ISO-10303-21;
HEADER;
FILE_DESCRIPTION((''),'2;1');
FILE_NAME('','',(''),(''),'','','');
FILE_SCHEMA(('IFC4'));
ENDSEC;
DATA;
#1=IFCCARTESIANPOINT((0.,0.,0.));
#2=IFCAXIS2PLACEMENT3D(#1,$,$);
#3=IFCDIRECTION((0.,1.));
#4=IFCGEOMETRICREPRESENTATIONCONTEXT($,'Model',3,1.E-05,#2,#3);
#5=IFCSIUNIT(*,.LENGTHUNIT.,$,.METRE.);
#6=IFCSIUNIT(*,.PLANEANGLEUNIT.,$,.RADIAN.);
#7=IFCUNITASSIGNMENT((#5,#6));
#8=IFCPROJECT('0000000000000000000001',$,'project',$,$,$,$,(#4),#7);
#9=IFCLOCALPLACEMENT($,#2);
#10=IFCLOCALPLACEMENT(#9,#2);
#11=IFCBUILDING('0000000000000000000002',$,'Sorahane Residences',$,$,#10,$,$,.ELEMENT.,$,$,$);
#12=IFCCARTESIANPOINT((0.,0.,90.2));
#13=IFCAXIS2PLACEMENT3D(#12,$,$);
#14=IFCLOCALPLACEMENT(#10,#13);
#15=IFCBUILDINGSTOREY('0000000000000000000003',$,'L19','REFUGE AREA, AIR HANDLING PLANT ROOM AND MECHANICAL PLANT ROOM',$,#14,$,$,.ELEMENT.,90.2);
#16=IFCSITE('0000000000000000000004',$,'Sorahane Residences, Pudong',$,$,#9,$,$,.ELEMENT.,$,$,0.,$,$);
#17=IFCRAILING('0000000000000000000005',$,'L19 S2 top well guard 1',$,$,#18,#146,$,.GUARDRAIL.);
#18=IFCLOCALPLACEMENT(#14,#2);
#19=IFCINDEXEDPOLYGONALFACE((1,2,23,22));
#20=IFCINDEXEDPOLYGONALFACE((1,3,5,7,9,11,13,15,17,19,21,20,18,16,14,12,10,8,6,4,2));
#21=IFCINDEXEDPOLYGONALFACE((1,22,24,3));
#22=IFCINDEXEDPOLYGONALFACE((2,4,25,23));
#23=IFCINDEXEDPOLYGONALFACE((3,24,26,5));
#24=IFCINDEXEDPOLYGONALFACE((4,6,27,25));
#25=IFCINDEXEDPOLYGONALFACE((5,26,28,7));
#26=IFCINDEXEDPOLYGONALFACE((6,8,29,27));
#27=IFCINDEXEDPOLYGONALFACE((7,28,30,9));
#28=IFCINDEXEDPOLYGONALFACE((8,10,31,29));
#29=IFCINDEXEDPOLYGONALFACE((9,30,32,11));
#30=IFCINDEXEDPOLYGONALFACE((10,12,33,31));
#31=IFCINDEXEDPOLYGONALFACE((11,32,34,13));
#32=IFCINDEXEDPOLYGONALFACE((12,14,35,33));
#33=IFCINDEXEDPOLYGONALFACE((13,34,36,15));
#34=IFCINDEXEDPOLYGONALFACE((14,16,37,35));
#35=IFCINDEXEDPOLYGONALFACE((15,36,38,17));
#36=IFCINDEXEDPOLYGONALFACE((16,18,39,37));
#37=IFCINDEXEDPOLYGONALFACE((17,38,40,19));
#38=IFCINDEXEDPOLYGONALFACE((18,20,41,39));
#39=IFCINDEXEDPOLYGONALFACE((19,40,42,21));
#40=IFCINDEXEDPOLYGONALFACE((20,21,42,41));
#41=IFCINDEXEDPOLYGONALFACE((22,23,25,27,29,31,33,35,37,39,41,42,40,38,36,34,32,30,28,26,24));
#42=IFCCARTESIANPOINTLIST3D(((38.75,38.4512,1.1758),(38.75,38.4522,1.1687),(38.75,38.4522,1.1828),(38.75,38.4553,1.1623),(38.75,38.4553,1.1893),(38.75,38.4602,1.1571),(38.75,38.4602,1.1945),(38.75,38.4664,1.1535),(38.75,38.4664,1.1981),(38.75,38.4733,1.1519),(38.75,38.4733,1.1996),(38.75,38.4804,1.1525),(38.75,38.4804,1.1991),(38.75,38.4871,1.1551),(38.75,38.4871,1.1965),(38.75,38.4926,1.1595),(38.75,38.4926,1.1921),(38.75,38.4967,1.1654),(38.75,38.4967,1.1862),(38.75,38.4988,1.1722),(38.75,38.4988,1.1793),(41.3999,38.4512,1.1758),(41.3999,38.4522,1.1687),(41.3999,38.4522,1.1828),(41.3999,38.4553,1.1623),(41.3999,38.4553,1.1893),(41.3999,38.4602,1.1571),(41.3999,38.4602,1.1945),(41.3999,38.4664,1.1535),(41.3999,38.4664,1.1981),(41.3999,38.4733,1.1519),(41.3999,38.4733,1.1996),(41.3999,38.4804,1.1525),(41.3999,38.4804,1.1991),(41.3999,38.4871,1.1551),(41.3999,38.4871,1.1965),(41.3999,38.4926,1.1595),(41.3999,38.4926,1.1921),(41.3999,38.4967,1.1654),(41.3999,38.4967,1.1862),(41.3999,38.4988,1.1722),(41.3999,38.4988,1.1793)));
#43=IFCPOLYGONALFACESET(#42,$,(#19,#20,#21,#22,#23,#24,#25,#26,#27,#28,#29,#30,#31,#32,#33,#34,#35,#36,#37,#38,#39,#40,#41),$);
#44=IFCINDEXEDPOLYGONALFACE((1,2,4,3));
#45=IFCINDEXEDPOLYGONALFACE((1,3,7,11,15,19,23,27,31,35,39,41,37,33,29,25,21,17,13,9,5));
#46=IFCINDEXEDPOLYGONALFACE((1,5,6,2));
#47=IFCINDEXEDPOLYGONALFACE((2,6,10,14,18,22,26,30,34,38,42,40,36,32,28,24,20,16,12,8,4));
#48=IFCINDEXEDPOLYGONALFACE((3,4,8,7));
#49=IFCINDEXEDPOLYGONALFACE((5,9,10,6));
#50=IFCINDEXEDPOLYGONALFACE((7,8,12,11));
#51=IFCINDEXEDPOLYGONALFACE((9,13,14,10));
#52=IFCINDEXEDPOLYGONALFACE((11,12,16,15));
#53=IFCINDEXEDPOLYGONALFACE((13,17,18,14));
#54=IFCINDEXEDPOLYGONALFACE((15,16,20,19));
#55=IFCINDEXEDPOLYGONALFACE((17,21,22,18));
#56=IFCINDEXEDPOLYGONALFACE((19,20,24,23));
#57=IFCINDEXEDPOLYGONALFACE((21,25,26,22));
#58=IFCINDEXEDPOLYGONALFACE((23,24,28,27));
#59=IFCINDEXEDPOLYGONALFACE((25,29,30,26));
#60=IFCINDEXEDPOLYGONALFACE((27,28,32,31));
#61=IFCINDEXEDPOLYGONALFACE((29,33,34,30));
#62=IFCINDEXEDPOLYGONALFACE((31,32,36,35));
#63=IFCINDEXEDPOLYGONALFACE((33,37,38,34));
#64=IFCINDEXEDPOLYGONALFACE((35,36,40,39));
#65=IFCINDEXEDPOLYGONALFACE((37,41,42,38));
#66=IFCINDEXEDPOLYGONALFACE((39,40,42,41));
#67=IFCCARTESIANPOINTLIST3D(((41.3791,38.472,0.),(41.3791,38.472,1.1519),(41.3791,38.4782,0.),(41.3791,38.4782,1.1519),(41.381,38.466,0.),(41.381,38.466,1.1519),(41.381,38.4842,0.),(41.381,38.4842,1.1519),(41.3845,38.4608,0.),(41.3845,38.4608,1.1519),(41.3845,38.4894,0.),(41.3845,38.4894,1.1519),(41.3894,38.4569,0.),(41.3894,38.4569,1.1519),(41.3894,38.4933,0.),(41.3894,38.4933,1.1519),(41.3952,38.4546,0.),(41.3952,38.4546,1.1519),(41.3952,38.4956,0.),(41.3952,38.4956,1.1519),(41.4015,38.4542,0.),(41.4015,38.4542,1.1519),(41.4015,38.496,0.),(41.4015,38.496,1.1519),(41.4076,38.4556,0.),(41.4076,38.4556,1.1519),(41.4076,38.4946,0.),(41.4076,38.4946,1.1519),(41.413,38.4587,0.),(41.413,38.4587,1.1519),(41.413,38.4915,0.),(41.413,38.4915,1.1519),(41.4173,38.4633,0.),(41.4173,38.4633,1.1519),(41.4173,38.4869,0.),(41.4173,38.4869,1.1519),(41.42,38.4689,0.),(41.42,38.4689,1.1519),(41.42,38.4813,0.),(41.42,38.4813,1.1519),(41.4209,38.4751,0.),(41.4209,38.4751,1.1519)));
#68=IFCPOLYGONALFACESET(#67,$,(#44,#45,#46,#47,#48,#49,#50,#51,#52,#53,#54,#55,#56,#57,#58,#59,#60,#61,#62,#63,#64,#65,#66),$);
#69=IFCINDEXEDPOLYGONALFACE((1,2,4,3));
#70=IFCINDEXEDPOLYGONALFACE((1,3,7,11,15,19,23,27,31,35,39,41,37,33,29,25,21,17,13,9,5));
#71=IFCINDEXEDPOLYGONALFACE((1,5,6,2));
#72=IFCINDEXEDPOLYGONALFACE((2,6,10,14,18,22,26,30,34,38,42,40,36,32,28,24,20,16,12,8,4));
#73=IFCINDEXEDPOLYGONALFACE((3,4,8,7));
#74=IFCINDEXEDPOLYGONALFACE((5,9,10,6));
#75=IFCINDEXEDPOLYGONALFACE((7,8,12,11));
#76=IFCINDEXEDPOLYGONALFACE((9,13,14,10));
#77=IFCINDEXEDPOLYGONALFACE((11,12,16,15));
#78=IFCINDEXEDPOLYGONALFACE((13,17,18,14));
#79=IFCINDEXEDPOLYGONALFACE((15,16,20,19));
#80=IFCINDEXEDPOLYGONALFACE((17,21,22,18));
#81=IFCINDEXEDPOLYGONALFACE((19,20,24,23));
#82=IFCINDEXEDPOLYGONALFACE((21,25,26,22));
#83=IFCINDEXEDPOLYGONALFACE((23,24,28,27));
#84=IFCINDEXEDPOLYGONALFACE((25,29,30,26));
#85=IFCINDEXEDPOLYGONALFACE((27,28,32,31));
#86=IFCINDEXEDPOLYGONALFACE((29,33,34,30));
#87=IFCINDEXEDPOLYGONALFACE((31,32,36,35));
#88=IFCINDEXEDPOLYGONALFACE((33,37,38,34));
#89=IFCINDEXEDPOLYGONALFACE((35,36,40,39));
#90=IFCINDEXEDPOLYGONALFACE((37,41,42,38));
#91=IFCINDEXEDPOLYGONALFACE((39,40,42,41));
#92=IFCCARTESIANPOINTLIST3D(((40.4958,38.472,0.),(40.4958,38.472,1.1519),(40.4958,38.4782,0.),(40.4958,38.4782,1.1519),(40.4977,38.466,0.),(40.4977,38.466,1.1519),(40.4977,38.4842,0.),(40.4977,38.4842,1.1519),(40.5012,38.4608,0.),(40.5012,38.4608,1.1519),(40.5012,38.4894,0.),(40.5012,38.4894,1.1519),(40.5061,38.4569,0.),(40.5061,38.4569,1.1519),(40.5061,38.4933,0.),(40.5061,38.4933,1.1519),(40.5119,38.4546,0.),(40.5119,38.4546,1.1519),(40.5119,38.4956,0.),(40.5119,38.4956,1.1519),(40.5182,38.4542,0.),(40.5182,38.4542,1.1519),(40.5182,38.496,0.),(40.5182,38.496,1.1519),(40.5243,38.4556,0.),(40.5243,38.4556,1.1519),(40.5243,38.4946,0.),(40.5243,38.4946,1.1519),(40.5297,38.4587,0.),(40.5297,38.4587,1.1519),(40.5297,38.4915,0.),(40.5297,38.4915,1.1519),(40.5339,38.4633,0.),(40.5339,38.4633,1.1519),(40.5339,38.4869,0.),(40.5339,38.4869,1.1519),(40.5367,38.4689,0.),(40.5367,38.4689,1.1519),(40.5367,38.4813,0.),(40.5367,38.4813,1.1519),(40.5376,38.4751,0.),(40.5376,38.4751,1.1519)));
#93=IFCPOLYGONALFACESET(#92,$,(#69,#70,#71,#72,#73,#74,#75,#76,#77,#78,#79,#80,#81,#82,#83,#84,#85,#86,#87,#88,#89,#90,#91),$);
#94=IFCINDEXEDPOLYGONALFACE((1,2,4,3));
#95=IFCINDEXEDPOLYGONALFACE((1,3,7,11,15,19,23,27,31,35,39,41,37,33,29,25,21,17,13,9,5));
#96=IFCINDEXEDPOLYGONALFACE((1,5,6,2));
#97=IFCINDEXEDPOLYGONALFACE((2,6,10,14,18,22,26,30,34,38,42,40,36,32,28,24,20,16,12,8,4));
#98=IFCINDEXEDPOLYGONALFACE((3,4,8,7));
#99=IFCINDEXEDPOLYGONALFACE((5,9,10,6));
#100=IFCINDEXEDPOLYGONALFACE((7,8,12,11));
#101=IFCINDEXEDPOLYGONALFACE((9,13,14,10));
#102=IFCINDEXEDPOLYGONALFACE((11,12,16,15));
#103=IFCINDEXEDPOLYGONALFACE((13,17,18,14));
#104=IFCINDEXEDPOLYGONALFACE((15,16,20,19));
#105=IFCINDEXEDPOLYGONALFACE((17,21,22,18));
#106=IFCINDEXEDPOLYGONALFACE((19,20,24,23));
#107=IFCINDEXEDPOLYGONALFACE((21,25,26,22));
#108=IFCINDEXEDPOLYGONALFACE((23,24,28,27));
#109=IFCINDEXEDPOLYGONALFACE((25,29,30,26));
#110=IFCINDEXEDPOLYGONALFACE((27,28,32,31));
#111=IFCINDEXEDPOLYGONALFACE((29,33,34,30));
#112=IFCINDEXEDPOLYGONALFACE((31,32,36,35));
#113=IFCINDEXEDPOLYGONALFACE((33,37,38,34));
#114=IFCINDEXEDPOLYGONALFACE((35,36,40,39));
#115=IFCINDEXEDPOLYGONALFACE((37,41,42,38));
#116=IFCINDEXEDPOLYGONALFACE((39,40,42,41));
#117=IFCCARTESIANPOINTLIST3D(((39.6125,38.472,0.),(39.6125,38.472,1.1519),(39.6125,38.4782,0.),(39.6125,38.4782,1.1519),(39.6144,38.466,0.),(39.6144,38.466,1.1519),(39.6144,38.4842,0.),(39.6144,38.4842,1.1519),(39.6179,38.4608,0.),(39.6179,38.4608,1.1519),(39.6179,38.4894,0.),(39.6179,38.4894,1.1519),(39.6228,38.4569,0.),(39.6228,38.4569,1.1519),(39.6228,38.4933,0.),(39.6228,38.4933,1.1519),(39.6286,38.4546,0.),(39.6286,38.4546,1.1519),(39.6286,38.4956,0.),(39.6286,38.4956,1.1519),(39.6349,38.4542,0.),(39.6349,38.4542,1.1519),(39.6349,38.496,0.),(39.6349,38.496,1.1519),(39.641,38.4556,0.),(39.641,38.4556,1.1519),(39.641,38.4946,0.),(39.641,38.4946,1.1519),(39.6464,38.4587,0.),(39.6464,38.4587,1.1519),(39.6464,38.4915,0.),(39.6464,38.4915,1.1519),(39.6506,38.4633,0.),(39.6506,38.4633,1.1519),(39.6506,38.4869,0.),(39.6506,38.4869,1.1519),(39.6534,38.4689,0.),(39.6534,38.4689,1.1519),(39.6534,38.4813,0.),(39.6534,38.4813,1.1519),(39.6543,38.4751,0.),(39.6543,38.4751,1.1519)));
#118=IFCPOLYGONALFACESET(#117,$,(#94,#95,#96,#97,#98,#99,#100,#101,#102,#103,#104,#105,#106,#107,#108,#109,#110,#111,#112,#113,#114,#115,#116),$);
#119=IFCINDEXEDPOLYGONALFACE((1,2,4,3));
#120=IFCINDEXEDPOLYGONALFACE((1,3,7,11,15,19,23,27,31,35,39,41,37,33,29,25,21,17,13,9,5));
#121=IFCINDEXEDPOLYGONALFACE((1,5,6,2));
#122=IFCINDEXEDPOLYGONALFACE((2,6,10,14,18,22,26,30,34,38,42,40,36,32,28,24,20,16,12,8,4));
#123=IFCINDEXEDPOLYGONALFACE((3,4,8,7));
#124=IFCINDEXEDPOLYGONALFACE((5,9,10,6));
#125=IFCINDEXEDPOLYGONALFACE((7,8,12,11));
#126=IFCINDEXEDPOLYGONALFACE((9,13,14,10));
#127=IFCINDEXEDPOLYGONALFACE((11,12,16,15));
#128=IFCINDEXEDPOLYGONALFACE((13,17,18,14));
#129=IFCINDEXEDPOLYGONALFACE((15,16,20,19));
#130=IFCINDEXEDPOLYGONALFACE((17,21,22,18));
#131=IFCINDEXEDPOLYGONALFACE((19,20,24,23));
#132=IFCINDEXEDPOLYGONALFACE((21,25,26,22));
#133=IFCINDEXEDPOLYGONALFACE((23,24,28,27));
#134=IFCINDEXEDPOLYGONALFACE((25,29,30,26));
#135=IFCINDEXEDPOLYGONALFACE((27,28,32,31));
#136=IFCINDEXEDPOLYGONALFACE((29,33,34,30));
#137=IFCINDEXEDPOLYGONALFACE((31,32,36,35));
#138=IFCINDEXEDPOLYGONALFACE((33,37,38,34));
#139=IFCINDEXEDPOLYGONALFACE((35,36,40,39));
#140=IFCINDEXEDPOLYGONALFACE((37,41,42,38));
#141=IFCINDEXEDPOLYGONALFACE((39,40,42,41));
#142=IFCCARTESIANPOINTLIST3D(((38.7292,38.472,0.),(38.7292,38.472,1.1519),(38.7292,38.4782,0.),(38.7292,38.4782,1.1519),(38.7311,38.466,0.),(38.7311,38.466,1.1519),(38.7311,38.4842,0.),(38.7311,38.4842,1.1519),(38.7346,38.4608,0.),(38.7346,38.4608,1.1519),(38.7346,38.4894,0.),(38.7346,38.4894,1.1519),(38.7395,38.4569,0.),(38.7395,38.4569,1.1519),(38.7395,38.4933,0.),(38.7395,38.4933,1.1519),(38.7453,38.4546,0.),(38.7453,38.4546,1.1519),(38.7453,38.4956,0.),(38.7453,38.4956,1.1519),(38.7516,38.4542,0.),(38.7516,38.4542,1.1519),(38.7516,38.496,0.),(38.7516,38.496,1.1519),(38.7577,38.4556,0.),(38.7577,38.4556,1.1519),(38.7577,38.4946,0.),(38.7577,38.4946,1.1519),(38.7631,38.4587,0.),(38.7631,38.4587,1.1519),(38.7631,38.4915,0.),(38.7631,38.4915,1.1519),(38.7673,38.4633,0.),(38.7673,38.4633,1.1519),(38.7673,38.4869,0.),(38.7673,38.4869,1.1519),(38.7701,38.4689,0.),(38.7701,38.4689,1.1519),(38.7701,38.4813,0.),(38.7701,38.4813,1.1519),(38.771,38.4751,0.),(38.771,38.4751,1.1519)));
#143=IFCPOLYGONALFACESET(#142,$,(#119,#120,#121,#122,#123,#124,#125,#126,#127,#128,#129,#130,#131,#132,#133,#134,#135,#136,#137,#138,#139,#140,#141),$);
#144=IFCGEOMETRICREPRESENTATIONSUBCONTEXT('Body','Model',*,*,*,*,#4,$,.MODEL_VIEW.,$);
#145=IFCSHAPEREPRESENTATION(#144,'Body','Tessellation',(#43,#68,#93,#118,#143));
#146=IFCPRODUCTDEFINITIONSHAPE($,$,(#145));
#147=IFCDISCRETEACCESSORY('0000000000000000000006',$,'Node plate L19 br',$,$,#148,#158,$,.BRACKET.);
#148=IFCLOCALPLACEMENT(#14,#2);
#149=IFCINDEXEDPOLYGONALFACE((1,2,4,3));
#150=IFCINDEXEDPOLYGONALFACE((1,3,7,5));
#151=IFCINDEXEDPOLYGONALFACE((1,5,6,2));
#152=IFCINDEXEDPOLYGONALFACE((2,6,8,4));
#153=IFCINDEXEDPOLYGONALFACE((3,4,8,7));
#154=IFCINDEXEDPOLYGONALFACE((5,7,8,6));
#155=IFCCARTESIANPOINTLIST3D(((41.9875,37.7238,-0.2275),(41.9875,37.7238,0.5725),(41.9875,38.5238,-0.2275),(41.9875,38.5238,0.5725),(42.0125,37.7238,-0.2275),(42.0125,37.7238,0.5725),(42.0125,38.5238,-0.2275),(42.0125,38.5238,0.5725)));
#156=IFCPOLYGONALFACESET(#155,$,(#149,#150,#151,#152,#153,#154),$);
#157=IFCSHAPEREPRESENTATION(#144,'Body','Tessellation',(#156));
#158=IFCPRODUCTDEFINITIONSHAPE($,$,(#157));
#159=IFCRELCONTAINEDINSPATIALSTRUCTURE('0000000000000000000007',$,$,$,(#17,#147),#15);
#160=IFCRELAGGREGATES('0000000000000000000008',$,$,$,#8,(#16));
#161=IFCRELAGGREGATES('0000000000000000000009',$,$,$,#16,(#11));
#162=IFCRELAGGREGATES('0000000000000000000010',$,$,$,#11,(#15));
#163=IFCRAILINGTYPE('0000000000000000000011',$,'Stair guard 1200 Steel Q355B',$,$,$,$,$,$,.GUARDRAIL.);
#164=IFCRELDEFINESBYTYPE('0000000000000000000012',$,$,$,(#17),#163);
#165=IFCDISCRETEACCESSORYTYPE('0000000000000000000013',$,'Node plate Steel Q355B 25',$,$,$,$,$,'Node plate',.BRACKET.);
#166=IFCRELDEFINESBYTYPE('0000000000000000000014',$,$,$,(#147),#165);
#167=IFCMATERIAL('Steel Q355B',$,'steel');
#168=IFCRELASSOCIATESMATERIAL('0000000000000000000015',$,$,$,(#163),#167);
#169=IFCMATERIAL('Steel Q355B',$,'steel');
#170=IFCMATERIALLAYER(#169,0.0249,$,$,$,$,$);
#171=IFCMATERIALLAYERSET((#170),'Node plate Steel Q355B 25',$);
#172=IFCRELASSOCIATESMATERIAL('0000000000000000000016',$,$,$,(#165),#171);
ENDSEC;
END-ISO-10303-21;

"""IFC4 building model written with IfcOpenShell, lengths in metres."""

from ifc_helpers import new_model, si_unit, direction, frame, origin, origin_2d, place, context, subcontext, project, spatial, rectangle, circle, extrude, material, layer, layer_set, type_object, element, save


model = new_model("IFC4")

# Units and contexts
model_context = context("Model", 3, precision=1e-05, world=origin(), true_north=direction((0.0, 1.0)))
body_context = subcontext(model_context, "Body", "Model", "MODEL_VIEW")
ifc_project = project(units=[si_unit("LENGTHUNIT", "METRE"), si_unit("PLANEANGLEUNIT", "RADIAN")], contexts=[model_context])

# Site, building, storey
site_placement = place(None, origin())
site = spatial("IfcSite", under=ifc_project, at=site_placement, Name="Sorahane Residences, Pudong", CompositionType="ELEMENT", RefElevation=0.0)
building_placement = place(site_placement, origin())
building = spatial("IfcBuilding", under=site, at=building_placement, Name="Sorahane Residences", CompositionType="ELEMENT")
storey_placement = place(building_placement, frame((0.0, 0.0, 90.2)))
storey = spatial("IfcBuildingStorey", under=building, at=storey_placement, Name="L19", Description="REFUGE AREA, AIR HANDLING PLANT ROOM AND MECHANICAL PLANT ROOM", CompositionType="ELEMENT", Elevation=90.2)

# Railing
ifc_material_1 = material(Name="Steel Q355B", Category="steel")
railing_type = type_object("IfcRailingType", Name="Stair guard 1200 Steel Q355B", PredefinedType="GUARDRAIL", material=ifc_material_1)
railing_placement = place(storey_placement, frame((41.3999, 38.4751, 0.0)))
element("IfcRailing", 1, at=railing_placement, inside=storey, type_object=railing_type, Name="L19 S2 top well guard 1", PredefinedType="GUARDRAIL", context=body_context, shape_type="SweptSolid", body=[
    extrude(circle(Radius=0.0239, at=origin_2d()), frame((0.0, 0.0, 1.1758), z_axis=(-1.0, 0.0, 0.0), x_axis=(0.0, -1.0, 0.0)), (0.0, 0.0, 1.0), 2.6499),
    extrude(circle(Radius=0.021, at=origin_2d()), origin(), (0.0, 0.0, 1.0), 1.1519),
    extrude(circle(Radius=0.021, at=origin_2d()), frame((-0.8833, 0.0, 0.0)), (0.0, 0.0, 1.0), 1.1519),
    extrude(circle(Radius=0.021, at=origin_2d()), frame((-1.7666, 0.0, 0.0)), (0.0, 0.0, 1.0), 1.1519),
    extrude(circle(Radius=0.021, at=origin_2d()), frame((-2.6499, 0.0, 0.0)), (0.0, 0.0, 1.0), 1.1519),
])

# Discrete accessory
ifc_material_2 = material(Name="Steel Q355B", Category="steel")
ifc_layer_1 = layer(ifc_material_2, 0.0249)
ifc_layer_set_1 = layer_set([ifc_layer_1], Name="Node plate Steel Q355B 25")
discrete_accessory_type = type_object("IfcDiscreteAccessoryType", Name="Node plate Steel Q355B 25", ElementType="Node plate", PredefinedType="BRACKET", material=ifc_layer_set_1)
discrete_accessory_placement = place(storey_placement, frame((42.0, 38.1238, -0.2275), z_axis=(0.0, 0.0, 1.0), x_axis=(0.0, 1.0, 0.0)))
element("IfcDiscreteAccessory", 2, at=discrete_accessory_placement, inside=storey, type_object=discrete_accessory_type, Name="Node plate L19 br", PredefinedType="BRACKET", context=body_context, shape_type="SweptSolid", body=[
    extrude(rectangle(XDim=0.8, YDim=0.0249, at=origin_2d()), origin(), (0.0, 0.0, 1.0), 0.8),
])

save(model, "model.ifc")
